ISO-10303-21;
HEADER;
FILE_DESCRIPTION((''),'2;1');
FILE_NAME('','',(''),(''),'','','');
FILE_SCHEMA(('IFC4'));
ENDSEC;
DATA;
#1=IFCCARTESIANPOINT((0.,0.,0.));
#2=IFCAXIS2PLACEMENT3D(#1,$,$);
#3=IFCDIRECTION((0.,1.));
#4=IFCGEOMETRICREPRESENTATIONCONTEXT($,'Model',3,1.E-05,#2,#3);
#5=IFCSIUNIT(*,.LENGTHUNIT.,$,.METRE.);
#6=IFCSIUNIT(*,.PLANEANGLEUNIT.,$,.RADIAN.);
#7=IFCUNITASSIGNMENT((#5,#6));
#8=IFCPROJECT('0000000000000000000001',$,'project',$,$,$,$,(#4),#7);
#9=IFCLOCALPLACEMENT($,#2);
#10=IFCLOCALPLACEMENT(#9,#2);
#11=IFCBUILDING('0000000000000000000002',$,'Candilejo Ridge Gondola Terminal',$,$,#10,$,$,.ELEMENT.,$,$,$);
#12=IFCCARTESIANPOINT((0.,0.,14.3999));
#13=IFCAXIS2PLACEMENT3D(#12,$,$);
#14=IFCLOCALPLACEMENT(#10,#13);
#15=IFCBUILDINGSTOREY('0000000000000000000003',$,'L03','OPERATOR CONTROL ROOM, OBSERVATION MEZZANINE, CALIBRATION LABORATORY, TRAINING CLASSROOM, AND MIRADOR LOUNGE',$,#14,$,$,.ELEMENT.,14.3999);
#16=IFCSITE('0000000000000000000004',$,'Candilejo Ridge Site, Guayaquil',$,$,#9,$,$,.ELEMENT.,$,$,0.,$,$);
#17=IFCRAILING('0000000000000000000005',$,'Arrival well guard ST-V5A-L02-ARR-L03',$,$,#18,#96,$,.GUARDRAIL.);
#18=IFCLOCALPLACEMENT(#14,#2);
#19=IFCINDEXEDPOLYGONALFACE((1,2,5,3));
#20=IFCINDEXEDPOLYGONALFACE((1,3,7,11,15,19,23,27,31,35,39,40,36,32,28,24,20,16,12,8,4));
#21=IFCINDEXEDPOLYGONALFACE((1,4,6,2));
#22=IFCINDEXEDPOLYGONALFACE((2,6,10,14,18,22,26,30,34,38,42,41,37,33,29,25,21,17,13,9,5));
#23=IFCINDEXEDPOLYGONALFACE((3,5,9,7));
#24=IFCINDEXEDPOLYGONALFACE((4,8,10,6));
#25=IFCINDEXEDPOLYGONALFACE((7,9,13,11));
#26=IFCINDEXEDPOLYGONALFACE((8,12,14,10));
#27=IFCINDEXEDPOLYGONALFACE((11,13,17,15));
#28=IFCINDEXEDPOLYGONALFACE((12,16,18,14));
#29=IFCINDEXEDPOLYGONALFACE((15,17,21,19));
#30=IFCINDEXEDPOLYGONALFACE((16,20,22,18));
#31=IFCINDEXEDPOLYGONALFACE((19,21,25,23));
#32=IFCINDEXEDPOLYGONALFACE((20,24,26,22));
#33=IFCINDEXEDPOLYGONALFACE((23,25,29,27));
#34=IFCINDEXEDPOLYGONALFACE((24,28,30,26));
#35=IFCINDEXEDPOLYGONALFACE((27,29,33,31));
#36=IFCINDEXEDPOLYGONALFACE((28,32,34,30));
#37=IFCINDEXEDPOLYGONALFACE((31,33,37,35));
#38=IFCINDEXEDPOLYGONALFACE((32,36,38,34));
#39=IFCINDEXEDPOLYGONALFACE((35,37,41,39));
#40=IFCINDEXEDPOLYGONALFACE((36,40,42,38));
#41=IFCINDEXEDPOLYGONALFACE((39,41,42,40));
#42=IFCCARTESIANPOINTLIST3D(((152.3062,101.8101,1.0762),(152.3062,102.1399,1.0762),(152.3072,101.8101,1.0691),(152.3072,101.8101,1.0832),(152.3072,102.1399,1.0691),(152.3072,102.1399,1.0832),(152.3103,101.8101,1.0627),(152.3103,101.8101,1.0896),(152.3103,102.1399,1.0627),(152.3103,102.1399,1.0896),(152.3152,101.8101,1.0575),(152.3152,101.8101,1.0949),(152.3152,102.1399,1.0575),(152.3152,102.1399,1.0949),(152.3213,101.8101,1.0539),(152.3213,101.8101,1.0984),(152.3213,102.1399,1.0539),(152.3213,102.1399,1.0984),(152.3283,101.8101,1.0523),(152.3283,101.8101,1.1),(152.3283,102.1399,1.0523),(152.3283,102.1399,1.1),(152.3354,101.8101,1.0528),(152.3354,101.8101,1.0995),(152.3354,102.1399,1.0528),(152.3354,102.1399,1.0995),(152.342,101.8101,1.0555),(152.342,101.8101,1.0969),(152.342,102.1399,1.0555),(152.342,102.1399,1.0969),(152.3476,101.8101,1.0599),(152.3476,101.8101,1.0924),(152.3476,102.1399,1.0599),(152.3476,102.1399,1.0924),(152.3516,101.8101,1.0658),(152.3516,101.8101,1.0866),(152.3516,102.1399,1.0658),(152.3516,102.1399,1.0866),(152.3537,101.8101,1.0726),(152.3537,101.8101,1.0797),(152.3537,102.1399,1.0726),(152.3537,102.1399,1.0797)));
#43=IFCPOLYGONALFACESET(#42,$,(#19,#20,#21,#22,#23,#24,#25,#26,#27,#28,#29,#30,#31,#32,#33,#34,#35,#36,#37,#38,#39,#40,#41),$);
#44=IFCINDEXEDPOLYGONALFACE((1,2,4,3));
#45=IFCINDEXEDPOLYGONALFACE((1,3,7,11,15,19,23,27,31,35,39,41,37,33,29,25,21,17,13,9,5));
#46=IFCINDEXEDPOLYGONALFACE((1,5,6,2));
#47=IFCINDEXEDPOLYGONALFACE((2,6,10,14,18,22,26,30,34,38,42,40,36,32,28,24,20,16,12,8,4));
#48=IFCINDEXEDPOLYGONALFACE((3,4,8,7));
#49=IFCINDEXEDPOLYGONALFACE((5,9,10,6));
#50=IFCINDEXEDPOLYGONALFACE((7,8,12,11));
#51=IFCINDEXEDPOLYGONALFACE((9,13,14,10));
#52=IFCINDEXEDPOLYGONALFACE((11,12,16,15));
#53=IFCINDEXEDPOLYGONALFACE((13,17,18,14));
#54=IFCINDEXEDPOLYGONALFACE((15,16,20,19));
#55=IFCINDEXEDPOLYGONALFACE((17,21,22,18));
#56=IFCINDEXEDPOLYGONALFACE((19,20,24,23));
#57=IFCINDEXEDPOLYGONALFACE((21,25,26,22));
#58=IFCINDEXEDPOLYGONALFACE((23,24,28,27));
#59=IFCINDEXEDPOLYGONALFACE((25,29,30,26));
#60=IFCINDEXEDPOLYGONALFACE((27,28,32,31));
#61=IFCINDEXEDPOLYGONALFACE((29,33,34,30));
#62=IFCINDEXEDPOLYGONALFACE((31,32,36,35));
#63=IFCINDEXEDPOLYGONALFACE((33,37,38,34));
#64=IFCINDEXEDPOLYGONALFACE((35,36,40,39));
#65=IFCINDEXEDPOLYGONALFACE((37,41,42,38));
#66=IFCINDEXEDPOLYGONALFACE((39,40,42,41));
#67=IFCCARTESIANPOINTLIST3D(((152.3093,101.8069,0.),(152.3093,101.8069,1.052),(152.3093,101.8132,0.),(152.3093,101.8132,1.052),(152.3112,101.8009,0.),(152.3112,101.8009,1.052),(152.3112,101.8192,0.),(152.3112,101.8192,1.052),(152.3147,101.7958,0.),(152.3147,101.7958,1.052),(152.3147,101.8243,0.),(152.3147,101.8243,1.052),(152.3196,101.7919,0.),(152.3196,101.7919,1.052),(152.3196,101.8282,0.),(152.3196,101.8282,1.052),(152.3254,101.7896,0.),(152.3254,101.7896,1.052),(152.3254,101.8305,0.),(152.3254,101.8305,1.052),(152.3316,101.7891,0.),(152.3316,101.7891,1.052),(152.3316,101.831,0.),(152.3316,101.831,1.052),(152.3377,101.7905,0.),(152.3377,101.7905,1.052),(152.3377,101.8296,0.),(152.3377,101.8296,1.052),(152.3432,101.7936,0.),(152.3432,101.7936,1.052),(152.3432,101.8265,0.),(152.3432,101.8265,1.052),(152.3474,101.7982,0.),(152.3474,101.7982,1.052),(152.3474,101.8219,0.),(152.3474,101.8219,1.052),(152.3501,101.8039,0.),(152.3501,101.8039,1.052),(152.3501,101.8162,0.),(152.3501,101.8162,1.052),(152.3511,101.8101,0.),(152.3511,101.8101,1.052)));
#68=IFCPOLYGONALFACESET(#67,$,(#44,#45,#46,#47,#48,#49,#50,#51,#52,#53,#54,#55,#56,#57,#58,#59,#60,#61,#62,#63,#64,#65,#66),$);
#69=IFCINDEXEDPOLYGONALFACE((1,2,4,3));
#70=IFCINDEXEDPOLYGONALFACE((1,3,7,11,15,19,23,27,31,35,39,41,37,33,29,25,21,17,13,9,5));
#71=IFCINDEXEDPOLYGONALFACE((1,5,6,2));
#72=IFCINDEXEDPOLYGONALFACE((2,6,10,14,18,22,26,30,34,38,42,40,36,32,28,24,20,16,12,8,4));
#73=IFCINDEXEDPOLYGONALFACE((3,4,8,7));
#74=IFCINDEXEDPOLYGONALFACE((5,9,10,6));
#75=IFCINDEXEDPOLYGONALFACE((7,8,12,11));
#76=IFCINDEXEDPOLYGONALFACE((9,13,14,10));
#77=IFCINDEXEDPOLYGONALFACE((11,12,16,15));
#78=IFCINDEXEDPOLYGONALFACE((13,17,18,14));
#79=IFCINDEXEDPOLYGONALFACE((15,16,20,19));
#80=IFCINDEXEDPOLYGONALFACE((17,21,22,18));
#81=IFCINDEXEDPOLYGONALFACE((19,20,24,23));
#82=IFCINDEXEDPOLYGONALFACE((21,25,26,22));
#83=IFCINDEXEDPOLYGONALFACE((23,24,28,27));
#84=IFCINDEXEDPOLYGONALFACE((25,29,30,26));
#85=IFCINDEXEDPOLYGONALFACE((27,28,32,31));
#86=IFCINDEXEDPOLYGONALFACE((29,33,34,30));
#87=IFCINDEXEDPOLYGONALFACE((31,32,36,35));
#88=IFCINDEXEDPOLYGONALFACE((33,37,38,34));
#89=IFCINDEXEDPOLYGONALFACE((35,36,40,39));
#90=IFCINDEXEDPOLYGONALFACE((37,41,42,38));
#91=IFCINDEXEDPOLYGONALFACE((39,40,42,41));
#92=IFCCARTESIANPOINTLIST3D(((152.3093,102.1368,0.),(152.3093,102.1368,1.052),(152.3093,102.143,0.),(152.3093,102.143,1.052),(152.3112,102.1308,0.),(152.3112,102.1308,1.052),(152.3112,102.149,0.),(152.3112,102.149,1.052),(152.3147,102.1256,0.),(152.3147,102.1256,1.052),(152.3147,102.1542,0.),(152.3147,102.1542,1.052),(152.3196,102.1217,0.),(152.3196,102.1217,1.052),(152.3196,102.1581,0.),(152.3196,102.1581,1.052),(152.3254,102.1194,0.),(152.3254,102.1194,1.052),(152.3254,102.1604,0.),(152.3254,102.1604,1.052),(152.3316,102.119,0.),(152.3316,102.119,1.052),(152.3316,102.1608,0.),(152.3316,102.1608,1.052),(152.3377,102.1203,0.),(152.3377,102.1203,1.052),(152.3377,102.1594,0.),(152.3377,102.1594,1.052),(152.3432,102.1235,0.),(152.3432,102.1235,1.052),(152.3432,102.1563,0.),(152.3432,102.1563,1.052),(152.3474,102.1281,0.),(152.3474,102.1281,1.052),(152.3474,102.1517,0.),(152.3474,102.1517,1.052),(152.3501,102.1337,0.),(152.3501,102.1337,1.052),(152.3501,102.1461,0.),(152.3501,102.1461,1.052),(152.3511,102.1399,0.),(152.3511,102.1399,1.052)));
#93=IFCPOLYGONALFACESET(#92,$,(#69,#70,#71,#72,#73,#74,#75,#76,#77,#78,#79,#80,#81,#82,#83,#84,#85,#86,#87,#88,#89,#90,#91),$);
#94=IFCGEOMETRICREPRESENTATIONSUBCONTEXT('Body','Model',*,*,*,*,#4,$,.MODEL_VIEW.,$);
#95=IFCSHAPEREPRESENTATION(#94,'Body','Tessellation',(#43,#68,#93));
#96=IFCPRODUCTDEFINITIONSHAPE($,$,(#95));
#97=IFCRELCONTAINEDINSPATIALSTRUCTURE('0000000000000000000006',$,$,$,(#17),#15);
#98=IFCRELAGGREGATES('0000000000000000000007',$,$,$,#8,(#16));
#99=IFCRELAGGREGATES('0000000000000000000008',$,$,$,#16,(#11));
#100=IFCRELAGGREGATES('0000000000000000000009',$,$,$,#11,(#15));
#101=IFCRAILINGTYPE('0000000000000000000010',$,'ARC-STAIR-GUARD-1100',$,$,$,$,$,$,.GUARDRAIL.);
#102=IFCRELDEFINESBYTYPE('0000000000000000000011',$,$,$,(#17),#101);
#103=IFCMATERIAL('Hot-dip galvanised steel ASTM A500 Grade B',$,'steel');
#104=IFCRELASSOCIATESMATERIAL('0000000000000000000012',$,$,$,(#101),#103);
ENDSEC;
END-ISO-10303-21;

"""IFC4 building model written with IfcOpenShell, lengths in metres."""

from ifc_helpers import new_model, si_unit, direction, frame, origin, origin_2d, place, context, subcontext, project, spatial, circle, extrude, material, type_object, element, save


model = new_model("IFC4")

# Units and contexts
model_context = context("Model", 3, precision=1e-05, world=origin(), true_north=direction((0.0, 1.0)))
body_context = subcontext(model_context, "Body", "Model", "MODEL_VIEW")
ifc_project = project(units=[si_unit("LENGTHUNIT", "METRE"), si_unit("PLANEANGLEUNIT", "RADIAN")], contexts=[model_context])

# Site, building, storey
site_placement = place(None, origin())
site = spatial("IfcSite", under=ifc_project, at=site_placement, Name="Candilejo Ridge Site, Guayaquil", CompositionType="ELEMENT", RefElevation=0.0)
building_placement = place(site_placement, origin())
building = spatial("IfcBuilding", under=site, at=building_placement, Name="Candilejo Ridge Gondola Terminal", CompositionType="ELEMENT")
storey_placement = place(building_placement, frame((0.0, 0.0, 14.3999)))
storey = spatial("IfcBuildingStorey", under=building, at=storey_placement, Name="L03", Description="OPERATOR CONTROL ROOM, OBSERVATION MEZZANINE, CALIBRATION LABORATORY, TRAINING CLASSROOM, AND MIRADOR LOUNGE", CompositionType="ELEMENT", Elevation=14.3999)

# Railing
ifc_material_1 = material(Name="Hot-dip galvanised steel ASTM A500 Grade B", Category="steel")
railing_type = type_object("IfcRailingType", Name="ARC-STAIR-GUARD-1100", PredefinedType="GUARDRAIL", material=ifc_material_1)
railing_1_placement = place(storey_placement, frame((152.3301, 101.8101, 0.0)))
element("IfcRailing", 1, at=railing_1_placement, inside=storey, type_object=railing_type, Name="Arrival well guard ST-V5A-L02-ARR-L03", PredefinedType="GUARDRAIL", context=body_context, shape_type="SweptSolid", body=[
    extrude(circle(Radius=0.0239, at=origin_2d()), frame((0.0, 0.0, 1.0762), z_axis=(0.0, 1.0, 0.0), x_axis=(-1.0, 0.0, 0.0)), (0.0, 0.0, 1.0), 0.3298),
    extrude(circle(Radius=0.021, at=origin_2d()), origin(), (0.0, 0.0, 1.0), 1.052),
    extrude(circle(Radius=0.021, at=origin_2d()), frame((0.0, 0.3298, 0.0)), (0.0, 0.0, 1.0), 1.052),
])

save(model, "model.ifc")
